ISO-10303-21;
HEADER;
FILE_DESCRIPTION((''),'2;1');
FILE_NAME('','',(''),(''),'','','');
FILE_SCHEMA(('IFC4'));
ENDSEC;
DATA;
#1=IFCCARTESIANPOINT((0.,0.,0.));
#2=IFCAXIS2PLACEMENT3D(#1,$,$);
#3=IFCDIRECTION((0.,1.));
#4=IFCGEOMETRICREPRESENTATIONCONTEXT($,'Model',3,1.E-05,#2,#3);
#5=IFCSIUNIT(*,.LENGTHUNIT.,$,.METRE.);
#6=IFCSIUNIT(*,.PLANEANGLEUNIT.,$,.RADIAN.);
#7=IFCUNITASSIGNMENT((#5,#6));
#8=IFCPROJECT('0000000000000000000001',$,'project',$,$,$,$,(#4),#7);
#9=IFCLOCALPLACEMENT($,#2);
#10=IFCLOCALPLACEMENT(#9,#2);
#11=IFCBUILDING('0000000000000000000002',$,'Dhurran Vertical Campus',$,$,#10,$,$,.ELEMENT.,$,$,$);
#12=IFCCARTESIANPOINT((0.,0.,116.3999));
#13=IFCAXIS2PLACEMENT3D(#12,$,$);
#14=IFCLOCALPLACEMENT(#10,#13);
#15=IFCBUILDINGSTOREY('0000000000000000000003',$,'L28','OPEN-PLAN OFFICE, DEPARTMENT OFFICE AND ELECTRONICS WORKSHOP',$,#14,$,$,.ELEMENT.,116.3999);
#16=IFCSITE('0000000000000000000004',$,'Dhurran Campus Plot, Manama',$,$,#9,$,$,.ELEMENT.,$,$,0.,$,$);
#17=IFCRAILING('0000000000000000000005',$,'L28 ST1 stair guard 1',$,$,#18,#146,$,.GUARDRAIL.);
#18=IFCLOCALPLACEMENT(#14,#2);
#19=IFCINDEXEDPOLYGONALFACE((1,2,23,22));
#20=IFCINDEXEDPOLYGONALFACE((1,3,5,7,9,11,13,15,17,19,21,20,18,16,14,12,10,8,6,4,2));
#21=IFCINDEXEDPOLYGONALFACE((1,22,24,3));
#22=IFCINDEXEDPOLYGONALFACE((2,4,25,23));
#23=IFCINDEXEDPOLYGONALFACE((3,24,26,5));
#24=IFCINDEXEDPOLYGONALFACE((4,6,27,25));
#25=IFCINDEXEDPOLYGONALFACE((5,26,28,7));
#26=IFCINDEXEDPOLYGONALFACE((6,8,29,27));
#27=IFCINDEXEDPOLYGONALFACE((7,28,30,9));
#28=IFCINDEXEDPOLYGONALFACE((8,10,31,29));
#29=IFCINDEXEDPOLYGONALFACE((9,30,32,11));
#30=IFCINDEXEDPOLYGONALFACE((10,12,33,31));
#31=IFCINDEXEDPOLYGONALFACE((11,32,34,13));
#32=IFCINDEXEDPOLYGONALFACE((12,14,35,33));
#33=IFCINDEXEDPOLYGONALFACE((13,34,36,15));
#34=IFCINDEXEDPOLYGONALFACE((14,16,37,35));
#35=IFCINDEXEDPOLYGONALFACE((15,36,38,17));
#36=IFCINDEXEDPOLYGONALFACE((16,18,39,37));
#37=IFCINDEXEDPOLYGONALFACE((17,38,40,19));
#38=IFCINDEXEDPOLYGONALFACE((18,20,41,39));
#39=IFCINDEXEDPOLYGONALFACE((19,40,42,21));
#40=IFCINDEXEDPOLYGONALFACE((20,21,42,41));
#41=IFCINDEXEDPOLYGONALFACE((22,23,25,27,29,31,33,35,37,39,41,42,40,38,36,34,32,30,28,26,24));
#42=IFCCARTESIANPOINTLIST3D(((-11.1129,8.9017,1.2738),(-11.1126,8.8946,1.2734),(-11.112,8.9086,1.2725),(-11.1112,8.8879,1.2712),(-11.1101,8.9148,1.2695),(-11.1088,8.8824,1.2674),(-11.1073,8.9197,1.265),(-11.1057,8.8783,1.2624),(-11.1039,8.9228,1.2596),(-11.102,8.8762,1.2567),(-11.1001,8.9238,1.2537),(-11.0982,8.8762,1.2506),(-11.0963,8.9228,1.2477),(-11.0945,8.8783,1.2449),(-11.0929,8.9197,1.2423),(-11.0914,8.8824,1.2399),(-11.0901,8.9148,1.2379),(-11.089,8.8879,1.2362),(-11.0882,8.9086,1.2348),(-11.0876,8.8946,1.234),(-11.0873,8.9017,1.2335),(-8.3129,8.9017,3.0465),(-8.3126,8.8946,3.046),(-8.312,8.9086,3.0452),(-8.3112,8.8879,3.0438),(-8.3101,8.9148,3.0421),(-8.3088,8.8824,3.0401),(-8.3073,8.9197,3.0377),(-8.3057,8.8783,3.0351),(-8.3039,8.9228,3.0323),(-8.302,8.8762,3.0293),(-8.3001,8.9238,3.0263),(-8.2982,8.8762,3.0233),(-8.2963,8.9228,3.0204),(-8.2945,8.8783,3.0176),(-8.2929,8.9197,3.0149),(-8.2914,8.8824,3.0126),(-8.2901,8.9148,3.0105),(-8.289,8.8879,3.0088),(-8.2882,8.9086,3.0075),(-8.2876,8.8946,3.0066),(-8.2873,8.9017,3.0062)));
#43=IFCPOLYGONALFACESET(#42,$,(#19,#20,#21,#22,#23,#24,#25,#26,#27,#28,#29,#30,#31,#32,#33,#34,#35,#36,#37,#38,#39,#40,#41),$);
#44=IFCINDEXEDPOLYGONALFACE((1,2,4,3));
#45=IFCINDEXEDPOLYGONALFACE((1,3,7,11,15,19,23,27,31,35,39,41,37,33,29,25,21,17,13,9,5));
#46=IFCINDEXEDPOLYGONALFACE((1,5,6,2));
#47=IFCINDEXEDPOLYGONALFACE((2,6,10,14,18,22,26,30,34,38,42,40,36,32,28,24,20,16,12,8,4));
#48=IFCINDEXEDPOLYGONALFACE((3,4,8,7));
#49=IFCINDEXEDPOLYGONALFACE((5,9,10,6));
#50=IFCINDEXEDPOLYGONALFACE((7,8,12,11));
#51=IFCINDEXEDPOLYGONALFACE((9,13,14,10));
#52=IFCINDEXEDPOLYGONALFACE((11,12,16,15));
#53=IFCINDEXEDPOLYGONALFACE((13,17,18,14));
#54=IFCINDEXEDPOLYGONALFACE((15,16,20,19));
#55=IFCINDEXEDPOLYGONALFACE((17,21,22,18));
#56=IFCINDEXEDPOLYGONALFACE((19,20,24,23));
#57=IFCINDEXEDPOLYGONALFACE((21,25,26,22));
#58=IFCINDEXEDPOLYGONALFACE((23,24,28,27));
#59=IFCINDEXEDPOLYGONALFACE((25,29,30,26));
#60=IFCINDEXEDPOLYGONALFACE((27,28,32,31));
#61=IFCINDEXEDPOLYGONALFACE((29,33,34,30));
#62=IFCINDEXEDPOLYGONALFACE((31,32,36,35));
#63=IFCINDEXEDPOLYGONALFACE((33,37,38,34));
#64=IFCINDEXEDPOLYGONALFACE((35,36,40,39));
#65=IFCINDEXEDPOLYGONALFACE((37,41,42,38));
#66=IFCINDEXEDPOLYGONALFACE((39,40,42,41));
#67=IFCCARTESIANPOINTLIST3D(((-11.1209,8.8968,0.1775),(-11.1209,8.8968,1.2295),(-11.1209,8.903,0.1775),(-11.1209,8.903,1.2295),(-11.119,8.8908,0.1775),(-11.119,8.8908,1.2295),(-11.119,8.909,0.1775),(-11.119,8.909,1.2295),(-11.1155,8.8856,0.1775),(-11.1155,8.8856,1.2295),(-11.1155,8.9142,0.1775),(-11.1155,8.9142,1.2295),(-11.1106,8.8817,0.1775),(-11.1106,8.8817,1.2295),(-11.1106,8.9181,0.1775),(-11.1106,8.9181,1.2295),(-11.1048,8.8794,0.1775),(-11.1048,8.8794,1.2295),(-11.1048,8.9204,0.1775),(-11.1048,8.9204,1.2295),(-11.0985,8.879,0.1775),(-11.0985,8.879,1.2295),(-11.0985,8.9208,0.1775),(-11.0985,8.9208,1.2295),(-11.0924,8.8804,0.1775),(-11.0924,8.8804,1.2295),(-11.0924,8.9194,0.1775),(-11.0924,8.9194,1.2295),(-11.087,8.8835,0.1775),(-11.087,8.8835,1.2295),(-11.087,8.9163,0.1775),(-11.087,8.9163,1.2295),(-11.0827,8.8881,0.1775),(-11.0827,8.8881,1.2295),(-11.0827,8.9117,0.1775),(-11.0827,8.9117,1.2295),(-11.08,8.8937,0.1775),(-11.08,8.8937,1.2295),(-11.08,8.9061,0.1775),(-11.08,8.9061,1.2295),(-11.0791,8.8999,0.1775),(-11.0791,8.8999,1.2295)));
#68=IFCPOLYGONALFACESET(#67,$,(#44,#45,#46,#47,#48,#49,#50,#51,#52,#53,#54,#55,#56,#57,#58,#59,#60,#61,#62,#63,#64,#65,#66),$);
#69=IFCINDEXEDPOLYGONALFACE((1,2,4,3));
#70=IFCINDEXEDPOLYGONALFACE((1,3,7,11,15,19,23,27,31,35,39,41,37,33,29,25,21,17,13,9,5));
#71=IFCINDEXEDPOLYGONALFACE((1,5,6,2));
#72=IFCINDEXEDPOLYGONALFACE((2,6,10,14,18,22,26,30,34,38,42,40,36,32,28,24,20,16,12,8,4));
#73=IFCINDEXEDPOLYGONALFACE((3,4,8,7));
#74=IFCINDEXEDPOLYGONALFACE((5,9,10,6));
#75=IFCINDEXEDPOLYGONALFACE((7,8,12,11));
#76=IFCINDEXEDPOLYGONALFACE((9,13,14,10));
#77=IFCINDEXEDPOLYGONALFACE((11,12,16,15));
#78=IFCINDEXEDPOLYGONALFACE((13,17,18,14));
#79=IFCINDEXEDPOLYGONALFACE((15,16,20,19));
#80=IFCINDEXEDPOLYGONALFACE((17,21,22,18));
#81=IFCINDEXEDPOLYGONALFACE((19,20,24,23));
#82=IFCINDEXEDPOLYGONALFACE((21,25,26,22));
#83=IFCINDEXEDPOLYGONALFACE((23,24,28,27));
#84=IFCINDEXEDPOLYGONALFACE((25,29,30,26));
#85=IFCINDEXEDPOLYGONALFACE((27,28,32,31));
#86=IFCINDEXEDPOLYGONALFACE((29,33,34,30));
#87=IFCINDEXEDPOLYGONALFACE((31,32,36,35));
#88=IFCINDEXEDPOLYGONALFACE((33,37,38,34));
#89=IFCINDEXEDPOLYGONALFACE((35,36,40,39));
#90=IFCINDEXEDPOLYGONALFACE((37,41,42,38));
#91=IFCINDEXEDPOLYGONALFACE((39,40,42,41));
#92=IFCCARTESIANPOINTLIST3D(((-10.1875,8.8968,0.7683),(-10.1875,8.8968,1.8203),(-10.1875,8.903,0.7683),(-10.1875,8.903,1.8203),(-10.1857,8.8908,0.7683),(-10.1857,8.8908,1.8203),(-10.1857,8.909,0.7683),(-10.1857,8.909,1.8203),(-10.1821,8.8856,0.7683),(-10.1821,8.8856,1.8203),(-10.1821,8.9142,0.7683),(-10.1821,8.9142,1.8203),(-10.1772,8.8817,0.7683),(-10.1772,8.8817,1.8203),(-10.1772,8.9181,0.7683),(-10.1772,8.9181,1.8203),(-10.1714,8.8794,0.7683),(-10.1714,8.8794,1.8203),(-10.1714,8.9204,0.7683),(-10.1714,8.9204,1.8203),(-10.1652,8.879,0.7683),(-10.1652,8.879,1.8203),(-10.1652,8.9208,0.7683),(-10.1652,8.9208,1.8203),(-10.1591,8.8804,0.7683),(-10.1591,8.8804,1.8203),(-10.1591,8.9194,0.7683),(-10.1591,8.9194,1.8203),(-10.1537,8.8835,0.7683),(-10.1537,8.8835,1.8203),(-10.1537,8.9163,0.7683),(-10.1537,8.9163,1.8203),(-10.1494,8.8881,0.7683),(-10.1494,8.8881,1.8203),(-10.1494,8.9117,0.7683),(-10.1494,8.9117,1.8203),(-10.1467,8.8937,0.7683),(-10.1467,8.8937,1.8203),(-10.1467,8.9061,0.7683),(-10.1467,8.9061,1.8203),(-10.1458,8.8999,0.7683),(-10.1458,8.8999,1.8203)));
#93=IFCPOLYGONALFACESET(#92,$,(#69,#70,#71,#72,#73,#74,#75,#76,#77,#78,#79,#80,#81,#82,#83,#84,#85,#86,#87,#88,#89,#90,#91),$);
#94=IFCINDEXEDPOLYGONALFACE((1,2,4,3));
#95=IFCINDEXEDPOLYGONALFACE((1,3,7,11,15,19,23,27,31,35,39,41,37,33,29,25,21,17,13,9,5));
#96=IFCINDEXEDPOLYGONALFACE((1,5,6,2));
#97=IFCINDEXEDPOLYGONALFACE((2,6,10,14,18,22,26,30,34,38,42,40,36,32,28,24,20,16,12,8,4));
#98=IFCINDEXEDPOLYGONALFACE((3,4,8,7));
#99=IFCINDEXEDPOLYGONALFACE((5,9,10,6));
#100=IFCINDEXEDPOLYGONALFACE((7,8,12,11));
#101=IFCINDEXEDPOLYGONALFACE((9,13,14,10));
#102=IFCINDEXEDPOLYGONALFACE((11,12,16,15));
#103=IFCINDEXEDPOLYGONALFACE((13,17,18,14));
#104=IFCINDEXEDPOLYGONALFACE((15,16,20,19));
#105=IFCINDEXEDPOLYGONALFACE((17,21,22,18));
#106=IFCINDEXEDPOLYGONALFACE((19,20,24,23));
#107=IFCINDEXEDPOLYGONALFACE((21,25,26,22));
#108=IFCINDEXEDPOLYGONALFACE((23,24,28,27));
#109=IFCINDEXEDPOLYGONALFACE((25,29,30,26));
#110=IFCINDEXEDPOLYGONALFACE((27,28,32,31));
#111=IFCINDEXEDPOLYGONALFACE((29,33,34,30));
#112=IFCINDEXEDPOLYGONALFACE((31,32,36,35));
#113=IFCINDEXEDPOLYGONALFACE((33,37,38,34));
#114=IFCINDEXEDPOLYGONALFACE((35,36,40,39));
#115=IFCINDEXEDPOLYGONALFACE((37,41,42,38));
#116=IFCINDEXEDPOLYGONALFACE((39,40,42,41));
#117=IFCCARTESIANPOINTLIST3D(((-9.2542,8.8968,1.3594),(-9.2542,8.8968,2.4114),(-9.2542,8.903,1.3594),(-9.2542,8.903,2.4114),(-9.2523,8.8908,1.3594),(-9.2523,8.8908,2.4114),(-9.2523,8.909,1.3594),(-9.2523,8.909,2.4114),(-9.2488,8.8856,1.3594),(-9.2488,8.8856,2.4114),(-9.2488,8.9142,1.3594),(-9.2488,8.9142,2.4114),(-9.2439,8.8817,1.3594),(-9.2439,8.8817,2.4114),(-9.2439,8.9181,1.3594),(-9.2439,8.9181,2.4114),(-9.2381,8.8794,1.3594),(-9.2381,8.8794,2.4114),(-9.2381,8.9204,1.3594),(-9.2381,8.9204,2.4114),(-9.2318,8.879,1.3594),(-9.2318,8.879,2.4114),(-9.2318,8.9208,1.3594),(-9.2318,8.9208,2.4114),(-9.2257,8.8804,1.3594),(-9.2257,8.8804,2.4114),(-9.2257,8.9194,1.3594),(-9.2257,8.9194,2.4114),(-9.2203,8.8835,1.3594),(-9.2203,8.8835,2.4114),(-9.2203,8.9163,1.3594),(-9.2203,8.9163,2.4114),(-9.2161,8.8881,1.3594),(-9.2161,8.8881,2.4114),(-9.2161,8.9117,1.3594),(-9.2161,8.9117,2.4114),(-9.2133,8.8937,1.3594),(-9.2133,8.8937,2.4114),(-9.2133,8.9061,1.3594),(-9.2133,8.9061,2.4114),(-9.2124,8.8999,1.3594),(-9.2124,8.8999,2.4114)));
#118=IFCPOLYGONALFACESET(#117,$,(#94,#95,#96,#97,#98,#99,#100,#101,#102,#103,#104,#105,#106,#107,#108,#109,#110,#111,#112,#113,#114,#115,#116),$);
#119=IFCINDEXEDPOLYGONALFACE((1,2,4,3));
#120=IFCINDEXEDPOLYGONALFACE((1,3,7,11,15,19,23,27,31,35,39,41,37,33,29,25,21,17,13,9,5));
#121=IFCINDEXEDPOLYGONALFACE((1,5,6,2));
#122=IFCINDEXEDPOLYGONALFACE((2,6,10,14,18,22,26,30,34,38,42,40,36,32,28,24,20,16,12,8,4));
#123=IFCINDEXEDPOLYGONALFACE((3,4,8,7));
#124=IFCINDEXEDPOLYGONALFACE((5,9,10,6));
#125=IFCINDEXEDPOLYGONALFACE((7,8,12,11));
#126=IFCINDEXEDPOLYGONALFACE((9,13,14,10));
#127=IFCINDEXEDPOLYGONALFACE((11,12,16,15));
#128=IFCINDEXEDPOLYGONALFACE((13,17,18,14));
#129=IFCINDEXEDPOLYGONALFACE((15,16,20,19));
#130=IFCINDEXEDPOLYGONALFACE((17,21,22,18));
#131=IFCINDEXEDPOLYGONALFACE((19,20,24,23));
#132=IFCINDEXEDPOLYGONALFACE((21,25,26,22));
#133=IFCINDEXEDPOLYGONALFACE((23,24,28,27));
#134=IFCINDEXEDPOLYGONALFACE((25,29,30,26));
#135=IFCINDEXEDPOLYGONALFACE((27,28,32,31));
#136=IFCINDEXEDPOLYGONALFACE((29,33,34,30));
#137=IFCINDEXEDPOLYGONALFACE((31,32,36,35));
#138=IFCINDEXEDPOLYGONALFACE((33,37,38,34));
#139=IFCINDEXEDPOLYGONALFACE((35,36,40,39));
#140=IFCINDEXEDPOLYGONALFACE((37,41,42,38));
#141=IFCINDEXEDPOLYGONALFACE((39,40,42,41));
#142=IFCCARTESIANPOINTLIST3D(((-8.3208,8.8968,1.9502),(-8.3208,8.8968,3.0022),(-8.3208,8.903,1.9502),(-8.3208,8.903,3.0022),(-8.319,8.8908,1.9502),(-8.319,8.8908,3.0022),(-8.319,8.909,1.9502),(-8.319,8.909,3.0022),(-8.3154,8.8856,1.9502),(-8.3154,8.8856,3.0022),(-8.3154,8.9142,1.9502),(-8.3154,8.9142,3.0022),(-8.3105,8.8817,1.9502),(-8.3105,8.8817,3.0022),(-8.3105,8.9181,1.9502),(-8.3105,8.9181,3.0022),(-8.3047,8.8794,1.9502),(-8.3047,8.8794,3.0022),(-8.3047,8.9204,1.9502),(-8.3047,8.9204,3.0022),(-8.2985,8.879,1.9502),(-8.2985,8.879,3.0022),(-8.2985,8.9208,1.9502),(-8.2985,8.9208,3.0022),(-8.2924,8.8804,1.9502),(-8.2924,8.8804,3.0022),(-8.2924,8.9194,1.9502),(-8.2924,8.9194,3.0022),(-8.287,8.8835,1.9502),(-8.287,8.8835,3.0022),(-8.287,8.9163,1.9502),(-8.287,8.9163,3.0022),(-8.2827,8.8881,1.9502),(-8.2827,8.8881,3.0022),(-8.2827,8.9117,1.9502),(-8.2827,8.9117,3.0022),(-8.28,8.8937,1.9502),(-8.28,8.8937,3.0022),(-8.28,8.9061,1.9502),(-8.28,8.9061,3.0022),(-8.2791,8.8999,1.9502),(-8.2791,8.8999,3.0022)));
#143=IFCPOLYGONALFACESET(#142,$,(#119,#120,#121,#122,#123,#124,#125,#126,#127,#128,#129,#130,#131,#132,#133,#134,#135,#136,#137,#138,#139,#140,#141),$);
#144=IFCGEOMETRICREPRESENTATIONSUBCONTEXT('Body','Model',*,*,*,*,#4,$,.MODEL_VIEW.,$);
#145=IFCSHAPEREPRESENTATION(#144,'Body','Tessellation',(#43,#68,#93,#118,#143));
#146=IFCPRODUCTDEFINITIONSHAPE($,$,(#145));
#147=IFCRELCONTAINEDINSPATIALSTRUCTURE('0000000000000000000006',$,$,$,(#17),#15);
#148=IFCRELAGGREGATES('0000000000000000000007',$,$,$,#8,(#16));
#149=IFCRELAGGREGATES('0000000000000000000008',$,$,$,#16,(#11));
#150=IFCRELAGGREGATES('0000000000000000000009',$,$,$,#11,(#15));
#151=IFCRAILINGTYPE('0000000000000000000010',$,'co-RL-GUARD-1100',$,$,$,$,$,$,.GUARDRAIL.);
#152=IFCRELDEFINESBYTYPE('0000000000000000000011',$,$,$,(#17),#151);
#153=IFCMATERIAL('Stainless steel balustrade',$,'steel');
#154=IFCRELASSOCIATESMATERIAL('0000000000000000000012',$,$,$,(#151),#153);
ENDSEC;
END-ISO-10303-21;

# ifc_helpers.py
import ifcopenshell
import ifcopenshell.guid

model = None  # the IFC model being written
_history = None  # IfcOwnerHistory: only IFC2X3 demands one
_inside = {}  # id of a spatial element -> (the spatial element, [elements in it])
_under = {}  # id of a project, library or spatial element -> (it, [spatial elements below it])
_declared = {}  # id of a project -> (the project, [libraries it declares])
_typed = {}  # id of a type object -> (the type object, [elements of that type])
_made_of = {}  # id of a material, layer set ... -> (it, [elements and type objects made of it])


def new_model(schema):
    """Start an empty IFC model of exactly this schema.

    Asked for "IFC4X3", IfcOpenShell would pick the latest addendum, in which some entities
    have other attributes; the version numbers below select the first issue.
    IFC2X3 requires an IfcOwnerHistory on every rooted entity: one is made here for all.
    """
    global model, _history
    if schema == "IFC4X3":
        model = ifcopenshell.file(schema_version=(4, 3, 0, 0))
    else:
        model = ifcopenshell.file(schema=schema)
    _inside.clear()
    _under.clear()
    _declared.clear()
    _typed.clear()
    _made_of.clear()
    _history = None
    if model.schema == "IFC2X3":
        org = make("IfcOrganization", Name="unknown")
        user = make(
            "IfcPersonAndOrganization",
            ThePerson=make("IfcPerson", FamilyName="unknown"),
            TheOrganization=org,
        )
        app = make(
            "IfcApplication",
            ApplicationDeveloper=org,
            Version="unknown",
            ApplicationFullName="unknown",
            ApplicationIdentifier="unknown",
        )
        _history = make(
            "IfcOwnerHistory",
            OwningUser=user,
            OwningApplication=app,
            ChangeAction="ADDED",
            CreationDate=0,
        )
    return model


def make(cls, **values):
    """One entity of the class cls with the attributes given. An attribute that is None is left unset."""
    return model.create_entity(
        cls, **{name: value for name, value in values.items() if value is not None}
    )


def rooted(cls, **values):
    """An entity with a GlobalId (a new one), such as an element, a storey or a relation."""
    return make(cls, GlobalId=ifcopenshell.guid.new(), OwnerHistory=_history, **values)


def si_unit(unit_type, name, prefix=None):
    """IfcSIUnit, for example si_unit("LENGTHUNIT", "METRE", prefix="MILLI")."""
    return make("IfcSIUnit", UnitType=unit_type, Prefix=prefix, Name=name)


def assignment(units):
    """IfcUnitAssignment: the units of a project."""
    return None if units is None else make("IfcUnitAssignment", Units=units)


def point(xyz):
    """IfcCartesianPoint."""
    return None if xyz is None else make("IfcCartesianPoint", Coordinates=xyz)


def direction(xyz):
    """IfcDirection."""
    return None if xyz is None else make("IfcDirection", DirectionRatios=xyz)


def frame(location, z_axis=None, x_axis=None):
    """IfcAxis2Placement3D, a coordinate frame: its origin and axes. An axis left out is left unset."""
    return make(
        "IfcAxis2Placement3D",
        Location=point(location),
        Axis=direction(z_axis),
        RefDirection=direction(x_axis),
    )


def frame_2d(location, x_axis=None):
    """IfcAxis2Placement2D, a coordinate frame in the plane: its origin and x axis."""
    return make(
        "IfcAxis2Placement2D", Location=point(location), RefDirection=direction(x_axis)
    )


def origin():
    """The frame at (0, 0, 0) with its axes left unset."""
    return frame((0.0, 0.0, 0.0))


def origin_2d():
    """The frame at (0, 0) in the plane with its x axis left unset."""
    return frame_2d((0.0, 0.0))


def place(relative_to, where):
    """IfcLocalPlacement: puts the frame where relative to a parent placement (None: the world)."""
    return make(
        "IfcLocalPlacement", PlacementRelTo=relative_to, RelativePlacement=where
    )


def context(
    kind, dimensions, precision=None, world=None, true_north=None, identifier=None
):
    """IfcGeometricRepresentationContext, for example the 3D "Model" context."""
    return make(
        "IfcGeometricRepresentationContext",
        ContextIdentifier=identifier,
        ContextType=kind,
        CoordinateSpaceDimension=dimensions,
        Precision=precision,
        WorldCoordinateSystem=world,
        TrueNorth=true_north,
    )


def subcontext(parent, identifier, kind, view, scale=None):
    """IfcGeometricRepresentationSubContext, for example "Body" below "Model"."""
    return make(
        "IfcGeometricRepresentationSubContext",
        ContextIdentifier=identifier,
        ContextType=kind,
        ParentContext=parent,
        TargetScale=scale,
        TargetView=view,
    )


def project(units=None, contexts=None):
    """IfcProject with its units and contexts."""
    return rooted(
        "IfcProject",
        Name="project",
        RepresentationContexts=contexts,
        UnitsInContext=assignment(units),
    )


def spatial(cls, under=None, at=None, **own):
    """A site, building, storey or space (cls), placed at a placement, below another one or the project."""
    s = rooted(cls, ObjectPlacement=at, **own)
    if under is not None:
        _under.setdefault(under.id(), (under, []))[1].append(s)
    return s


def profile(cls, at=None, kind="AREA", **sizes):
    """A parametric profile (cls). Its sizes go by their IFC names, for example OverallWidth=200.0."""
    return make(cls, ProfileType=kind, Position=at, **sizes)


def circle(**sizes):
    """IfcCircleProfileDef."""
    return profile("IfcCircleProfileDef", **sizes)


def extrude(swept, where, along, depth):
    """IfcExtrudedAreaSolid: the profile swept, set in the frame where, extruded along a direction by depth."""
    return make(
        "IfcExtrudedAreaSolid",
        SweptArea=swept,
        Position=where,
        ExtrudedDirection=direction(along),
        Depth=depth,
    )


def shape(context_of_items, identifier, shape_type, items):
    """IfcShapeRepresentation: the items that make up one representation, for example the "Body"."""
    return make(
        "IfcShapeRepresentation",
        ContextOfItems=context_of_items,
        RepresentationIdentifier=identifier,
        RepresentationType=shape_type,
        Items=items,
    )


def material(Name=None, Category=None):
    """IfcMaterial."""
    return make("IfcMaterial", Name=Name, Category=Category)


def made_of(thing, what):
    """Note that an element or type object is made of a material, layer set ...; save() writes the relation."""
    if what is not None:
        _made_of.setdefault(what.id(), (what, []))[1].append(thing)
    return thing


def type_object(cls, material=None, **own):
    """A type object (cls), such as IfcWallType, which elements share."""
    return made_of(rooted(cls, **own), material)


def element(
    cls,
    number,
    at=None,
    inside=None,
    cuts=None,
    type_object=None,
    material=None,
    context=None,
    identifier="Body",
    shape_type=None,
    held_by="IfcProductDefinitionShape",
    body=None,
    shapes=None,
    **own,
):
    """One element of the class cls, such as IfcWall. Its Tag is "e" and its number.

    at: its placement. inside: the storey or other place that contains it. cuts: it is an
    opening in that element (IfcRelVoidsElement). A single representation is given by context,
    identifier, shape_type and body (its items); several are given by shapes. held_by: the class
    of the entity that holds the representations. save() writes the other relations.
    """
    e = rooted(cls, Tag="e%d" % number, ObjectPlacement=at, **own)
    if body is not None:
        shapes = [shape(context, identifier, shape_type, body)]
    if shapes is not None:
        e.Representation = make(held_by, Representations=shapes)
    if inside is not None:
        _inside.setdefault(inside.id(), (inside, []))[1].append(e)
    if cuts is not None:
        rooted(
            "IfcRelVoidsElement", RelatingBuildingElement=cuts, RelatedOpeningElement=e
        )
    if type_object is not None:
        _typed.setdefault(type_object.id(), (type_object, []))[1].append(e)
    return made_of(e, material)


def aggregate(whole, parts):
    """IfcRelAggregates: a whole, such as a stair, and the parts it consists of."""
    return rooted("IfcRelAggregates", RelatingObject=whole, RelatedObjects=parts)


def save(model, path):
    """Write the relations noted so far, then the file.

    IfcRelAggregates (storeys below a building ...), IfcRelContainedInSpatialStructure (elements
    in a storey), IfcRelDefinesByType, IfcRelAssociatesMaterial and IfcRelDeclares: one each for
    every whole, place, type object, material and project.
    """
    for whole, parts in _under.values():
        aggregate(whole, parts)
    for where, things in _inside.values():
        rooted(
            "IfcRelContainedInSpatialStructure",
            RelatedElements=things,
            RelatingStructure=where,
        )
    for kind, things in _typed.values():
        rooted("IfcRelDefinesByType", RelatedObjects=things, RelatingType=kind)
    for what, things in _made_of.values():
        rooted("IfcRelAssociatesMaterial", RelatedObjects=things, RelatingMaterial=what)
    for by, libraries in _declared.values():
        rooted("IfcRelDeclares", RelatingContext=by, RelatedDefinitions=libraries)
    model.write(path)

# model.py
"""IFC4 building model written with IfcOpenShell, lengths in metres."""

from ifc_helpers import new_model, si_unit, direction, frame, origin, origin_2d, place, context, subcontext, project, spatial, circle, extrude, material, type_object, element, save


model = new_model("IFC4")

# Units and contexts
model_context = context("Model", 3, precision=1e-05, world=origin(), true_north=direction((0.0, 1.0)))
body_context = subcontext(model_context, "Body", "Model", "MODEL_VIEW")
ifc_project = project(units=[si_unit("LENGTHUNIT", "METRE"), si_unit("PLANEANGLEUNIT", "RADIAN")], contexts=[model_context])

# Site, building, storey
site_placement = place(None, origin())
site = spatial("IfcSite", under=ifc_project, at=site_placement, Name="Dhurran Campus Plot, Manama", CompositionType="ELEMENT", RefElevation=0.0)
building_placement = place(site_placement, origin())
building = spatial("IfcBuilding", under=site, at=building_placement, Name="Dhurran Vertical Campus", CompositionType="ELEMENT")
storey_placement = place(building_placement, frame((0.0, 0.0, 116.3999)))
storey = spatial("IfcBuildingStorey", under=building, at=storey_placement, Name="L28", Description="OPEN-PLAN OFFICE, DEPARTMENT OFFICE AND ELECTRONICS WORKSHOP", CompositionType="ELEMENT", Elevation=116.3999)

# Railing
ifc_material_1 = material(Name="Stainless steel balustrade", Category="steel")
railing_type_1 = type_object("IfcRailingType", Name="co-RL-GUARD-1100", PredefinedType="GUARDRAIL", material=ifc_material_1)
railing_1_placement = place(storey_placement, frame((-11.1001, 8.8999, 0.1775)))
element("IfcRailing", 1, at=railing_1_placement, inside=storey, type_object=railing_type_1, Name="L28 ST1 stair guard 1", PredefinedType="GUARDRAIL", context=body_context, shape_type="SweptSolid", body=[
    extrude(circle(Radius=0.0239, at=origin_2d()), frame((0.0, 0.0, 1.0762), z_axis=(0.844909, 0.0, 0.53491), x_axis=(0.0, 1.0, 0.0)), (0.0, 0.0, 1.0), 3.314),
    extrude(circle(Radius=0.021, at=origin_2d()), origin(), (0.0, 0.0, 1.0), 1.052),
    extrude(circle(Radius=0.021, at=origin_2d()), frame((0.9333, 0.0, 0.5908)), (0.0, 0.0, 1.0), 1.052),
    extrude(circle(Radius=0.021, at=origin_2d()), frame((1.8667, 0.0, 1.1819)), (0.0, 0.0, 1.0), 1.052),
    extrude(circle(Radius=0.021, at=origin_2d()), frame((2.8, 0.0, 1.7727)), (0.0, 0.0, 1.0), 1.052),
])

save(model, "model.ifc")
